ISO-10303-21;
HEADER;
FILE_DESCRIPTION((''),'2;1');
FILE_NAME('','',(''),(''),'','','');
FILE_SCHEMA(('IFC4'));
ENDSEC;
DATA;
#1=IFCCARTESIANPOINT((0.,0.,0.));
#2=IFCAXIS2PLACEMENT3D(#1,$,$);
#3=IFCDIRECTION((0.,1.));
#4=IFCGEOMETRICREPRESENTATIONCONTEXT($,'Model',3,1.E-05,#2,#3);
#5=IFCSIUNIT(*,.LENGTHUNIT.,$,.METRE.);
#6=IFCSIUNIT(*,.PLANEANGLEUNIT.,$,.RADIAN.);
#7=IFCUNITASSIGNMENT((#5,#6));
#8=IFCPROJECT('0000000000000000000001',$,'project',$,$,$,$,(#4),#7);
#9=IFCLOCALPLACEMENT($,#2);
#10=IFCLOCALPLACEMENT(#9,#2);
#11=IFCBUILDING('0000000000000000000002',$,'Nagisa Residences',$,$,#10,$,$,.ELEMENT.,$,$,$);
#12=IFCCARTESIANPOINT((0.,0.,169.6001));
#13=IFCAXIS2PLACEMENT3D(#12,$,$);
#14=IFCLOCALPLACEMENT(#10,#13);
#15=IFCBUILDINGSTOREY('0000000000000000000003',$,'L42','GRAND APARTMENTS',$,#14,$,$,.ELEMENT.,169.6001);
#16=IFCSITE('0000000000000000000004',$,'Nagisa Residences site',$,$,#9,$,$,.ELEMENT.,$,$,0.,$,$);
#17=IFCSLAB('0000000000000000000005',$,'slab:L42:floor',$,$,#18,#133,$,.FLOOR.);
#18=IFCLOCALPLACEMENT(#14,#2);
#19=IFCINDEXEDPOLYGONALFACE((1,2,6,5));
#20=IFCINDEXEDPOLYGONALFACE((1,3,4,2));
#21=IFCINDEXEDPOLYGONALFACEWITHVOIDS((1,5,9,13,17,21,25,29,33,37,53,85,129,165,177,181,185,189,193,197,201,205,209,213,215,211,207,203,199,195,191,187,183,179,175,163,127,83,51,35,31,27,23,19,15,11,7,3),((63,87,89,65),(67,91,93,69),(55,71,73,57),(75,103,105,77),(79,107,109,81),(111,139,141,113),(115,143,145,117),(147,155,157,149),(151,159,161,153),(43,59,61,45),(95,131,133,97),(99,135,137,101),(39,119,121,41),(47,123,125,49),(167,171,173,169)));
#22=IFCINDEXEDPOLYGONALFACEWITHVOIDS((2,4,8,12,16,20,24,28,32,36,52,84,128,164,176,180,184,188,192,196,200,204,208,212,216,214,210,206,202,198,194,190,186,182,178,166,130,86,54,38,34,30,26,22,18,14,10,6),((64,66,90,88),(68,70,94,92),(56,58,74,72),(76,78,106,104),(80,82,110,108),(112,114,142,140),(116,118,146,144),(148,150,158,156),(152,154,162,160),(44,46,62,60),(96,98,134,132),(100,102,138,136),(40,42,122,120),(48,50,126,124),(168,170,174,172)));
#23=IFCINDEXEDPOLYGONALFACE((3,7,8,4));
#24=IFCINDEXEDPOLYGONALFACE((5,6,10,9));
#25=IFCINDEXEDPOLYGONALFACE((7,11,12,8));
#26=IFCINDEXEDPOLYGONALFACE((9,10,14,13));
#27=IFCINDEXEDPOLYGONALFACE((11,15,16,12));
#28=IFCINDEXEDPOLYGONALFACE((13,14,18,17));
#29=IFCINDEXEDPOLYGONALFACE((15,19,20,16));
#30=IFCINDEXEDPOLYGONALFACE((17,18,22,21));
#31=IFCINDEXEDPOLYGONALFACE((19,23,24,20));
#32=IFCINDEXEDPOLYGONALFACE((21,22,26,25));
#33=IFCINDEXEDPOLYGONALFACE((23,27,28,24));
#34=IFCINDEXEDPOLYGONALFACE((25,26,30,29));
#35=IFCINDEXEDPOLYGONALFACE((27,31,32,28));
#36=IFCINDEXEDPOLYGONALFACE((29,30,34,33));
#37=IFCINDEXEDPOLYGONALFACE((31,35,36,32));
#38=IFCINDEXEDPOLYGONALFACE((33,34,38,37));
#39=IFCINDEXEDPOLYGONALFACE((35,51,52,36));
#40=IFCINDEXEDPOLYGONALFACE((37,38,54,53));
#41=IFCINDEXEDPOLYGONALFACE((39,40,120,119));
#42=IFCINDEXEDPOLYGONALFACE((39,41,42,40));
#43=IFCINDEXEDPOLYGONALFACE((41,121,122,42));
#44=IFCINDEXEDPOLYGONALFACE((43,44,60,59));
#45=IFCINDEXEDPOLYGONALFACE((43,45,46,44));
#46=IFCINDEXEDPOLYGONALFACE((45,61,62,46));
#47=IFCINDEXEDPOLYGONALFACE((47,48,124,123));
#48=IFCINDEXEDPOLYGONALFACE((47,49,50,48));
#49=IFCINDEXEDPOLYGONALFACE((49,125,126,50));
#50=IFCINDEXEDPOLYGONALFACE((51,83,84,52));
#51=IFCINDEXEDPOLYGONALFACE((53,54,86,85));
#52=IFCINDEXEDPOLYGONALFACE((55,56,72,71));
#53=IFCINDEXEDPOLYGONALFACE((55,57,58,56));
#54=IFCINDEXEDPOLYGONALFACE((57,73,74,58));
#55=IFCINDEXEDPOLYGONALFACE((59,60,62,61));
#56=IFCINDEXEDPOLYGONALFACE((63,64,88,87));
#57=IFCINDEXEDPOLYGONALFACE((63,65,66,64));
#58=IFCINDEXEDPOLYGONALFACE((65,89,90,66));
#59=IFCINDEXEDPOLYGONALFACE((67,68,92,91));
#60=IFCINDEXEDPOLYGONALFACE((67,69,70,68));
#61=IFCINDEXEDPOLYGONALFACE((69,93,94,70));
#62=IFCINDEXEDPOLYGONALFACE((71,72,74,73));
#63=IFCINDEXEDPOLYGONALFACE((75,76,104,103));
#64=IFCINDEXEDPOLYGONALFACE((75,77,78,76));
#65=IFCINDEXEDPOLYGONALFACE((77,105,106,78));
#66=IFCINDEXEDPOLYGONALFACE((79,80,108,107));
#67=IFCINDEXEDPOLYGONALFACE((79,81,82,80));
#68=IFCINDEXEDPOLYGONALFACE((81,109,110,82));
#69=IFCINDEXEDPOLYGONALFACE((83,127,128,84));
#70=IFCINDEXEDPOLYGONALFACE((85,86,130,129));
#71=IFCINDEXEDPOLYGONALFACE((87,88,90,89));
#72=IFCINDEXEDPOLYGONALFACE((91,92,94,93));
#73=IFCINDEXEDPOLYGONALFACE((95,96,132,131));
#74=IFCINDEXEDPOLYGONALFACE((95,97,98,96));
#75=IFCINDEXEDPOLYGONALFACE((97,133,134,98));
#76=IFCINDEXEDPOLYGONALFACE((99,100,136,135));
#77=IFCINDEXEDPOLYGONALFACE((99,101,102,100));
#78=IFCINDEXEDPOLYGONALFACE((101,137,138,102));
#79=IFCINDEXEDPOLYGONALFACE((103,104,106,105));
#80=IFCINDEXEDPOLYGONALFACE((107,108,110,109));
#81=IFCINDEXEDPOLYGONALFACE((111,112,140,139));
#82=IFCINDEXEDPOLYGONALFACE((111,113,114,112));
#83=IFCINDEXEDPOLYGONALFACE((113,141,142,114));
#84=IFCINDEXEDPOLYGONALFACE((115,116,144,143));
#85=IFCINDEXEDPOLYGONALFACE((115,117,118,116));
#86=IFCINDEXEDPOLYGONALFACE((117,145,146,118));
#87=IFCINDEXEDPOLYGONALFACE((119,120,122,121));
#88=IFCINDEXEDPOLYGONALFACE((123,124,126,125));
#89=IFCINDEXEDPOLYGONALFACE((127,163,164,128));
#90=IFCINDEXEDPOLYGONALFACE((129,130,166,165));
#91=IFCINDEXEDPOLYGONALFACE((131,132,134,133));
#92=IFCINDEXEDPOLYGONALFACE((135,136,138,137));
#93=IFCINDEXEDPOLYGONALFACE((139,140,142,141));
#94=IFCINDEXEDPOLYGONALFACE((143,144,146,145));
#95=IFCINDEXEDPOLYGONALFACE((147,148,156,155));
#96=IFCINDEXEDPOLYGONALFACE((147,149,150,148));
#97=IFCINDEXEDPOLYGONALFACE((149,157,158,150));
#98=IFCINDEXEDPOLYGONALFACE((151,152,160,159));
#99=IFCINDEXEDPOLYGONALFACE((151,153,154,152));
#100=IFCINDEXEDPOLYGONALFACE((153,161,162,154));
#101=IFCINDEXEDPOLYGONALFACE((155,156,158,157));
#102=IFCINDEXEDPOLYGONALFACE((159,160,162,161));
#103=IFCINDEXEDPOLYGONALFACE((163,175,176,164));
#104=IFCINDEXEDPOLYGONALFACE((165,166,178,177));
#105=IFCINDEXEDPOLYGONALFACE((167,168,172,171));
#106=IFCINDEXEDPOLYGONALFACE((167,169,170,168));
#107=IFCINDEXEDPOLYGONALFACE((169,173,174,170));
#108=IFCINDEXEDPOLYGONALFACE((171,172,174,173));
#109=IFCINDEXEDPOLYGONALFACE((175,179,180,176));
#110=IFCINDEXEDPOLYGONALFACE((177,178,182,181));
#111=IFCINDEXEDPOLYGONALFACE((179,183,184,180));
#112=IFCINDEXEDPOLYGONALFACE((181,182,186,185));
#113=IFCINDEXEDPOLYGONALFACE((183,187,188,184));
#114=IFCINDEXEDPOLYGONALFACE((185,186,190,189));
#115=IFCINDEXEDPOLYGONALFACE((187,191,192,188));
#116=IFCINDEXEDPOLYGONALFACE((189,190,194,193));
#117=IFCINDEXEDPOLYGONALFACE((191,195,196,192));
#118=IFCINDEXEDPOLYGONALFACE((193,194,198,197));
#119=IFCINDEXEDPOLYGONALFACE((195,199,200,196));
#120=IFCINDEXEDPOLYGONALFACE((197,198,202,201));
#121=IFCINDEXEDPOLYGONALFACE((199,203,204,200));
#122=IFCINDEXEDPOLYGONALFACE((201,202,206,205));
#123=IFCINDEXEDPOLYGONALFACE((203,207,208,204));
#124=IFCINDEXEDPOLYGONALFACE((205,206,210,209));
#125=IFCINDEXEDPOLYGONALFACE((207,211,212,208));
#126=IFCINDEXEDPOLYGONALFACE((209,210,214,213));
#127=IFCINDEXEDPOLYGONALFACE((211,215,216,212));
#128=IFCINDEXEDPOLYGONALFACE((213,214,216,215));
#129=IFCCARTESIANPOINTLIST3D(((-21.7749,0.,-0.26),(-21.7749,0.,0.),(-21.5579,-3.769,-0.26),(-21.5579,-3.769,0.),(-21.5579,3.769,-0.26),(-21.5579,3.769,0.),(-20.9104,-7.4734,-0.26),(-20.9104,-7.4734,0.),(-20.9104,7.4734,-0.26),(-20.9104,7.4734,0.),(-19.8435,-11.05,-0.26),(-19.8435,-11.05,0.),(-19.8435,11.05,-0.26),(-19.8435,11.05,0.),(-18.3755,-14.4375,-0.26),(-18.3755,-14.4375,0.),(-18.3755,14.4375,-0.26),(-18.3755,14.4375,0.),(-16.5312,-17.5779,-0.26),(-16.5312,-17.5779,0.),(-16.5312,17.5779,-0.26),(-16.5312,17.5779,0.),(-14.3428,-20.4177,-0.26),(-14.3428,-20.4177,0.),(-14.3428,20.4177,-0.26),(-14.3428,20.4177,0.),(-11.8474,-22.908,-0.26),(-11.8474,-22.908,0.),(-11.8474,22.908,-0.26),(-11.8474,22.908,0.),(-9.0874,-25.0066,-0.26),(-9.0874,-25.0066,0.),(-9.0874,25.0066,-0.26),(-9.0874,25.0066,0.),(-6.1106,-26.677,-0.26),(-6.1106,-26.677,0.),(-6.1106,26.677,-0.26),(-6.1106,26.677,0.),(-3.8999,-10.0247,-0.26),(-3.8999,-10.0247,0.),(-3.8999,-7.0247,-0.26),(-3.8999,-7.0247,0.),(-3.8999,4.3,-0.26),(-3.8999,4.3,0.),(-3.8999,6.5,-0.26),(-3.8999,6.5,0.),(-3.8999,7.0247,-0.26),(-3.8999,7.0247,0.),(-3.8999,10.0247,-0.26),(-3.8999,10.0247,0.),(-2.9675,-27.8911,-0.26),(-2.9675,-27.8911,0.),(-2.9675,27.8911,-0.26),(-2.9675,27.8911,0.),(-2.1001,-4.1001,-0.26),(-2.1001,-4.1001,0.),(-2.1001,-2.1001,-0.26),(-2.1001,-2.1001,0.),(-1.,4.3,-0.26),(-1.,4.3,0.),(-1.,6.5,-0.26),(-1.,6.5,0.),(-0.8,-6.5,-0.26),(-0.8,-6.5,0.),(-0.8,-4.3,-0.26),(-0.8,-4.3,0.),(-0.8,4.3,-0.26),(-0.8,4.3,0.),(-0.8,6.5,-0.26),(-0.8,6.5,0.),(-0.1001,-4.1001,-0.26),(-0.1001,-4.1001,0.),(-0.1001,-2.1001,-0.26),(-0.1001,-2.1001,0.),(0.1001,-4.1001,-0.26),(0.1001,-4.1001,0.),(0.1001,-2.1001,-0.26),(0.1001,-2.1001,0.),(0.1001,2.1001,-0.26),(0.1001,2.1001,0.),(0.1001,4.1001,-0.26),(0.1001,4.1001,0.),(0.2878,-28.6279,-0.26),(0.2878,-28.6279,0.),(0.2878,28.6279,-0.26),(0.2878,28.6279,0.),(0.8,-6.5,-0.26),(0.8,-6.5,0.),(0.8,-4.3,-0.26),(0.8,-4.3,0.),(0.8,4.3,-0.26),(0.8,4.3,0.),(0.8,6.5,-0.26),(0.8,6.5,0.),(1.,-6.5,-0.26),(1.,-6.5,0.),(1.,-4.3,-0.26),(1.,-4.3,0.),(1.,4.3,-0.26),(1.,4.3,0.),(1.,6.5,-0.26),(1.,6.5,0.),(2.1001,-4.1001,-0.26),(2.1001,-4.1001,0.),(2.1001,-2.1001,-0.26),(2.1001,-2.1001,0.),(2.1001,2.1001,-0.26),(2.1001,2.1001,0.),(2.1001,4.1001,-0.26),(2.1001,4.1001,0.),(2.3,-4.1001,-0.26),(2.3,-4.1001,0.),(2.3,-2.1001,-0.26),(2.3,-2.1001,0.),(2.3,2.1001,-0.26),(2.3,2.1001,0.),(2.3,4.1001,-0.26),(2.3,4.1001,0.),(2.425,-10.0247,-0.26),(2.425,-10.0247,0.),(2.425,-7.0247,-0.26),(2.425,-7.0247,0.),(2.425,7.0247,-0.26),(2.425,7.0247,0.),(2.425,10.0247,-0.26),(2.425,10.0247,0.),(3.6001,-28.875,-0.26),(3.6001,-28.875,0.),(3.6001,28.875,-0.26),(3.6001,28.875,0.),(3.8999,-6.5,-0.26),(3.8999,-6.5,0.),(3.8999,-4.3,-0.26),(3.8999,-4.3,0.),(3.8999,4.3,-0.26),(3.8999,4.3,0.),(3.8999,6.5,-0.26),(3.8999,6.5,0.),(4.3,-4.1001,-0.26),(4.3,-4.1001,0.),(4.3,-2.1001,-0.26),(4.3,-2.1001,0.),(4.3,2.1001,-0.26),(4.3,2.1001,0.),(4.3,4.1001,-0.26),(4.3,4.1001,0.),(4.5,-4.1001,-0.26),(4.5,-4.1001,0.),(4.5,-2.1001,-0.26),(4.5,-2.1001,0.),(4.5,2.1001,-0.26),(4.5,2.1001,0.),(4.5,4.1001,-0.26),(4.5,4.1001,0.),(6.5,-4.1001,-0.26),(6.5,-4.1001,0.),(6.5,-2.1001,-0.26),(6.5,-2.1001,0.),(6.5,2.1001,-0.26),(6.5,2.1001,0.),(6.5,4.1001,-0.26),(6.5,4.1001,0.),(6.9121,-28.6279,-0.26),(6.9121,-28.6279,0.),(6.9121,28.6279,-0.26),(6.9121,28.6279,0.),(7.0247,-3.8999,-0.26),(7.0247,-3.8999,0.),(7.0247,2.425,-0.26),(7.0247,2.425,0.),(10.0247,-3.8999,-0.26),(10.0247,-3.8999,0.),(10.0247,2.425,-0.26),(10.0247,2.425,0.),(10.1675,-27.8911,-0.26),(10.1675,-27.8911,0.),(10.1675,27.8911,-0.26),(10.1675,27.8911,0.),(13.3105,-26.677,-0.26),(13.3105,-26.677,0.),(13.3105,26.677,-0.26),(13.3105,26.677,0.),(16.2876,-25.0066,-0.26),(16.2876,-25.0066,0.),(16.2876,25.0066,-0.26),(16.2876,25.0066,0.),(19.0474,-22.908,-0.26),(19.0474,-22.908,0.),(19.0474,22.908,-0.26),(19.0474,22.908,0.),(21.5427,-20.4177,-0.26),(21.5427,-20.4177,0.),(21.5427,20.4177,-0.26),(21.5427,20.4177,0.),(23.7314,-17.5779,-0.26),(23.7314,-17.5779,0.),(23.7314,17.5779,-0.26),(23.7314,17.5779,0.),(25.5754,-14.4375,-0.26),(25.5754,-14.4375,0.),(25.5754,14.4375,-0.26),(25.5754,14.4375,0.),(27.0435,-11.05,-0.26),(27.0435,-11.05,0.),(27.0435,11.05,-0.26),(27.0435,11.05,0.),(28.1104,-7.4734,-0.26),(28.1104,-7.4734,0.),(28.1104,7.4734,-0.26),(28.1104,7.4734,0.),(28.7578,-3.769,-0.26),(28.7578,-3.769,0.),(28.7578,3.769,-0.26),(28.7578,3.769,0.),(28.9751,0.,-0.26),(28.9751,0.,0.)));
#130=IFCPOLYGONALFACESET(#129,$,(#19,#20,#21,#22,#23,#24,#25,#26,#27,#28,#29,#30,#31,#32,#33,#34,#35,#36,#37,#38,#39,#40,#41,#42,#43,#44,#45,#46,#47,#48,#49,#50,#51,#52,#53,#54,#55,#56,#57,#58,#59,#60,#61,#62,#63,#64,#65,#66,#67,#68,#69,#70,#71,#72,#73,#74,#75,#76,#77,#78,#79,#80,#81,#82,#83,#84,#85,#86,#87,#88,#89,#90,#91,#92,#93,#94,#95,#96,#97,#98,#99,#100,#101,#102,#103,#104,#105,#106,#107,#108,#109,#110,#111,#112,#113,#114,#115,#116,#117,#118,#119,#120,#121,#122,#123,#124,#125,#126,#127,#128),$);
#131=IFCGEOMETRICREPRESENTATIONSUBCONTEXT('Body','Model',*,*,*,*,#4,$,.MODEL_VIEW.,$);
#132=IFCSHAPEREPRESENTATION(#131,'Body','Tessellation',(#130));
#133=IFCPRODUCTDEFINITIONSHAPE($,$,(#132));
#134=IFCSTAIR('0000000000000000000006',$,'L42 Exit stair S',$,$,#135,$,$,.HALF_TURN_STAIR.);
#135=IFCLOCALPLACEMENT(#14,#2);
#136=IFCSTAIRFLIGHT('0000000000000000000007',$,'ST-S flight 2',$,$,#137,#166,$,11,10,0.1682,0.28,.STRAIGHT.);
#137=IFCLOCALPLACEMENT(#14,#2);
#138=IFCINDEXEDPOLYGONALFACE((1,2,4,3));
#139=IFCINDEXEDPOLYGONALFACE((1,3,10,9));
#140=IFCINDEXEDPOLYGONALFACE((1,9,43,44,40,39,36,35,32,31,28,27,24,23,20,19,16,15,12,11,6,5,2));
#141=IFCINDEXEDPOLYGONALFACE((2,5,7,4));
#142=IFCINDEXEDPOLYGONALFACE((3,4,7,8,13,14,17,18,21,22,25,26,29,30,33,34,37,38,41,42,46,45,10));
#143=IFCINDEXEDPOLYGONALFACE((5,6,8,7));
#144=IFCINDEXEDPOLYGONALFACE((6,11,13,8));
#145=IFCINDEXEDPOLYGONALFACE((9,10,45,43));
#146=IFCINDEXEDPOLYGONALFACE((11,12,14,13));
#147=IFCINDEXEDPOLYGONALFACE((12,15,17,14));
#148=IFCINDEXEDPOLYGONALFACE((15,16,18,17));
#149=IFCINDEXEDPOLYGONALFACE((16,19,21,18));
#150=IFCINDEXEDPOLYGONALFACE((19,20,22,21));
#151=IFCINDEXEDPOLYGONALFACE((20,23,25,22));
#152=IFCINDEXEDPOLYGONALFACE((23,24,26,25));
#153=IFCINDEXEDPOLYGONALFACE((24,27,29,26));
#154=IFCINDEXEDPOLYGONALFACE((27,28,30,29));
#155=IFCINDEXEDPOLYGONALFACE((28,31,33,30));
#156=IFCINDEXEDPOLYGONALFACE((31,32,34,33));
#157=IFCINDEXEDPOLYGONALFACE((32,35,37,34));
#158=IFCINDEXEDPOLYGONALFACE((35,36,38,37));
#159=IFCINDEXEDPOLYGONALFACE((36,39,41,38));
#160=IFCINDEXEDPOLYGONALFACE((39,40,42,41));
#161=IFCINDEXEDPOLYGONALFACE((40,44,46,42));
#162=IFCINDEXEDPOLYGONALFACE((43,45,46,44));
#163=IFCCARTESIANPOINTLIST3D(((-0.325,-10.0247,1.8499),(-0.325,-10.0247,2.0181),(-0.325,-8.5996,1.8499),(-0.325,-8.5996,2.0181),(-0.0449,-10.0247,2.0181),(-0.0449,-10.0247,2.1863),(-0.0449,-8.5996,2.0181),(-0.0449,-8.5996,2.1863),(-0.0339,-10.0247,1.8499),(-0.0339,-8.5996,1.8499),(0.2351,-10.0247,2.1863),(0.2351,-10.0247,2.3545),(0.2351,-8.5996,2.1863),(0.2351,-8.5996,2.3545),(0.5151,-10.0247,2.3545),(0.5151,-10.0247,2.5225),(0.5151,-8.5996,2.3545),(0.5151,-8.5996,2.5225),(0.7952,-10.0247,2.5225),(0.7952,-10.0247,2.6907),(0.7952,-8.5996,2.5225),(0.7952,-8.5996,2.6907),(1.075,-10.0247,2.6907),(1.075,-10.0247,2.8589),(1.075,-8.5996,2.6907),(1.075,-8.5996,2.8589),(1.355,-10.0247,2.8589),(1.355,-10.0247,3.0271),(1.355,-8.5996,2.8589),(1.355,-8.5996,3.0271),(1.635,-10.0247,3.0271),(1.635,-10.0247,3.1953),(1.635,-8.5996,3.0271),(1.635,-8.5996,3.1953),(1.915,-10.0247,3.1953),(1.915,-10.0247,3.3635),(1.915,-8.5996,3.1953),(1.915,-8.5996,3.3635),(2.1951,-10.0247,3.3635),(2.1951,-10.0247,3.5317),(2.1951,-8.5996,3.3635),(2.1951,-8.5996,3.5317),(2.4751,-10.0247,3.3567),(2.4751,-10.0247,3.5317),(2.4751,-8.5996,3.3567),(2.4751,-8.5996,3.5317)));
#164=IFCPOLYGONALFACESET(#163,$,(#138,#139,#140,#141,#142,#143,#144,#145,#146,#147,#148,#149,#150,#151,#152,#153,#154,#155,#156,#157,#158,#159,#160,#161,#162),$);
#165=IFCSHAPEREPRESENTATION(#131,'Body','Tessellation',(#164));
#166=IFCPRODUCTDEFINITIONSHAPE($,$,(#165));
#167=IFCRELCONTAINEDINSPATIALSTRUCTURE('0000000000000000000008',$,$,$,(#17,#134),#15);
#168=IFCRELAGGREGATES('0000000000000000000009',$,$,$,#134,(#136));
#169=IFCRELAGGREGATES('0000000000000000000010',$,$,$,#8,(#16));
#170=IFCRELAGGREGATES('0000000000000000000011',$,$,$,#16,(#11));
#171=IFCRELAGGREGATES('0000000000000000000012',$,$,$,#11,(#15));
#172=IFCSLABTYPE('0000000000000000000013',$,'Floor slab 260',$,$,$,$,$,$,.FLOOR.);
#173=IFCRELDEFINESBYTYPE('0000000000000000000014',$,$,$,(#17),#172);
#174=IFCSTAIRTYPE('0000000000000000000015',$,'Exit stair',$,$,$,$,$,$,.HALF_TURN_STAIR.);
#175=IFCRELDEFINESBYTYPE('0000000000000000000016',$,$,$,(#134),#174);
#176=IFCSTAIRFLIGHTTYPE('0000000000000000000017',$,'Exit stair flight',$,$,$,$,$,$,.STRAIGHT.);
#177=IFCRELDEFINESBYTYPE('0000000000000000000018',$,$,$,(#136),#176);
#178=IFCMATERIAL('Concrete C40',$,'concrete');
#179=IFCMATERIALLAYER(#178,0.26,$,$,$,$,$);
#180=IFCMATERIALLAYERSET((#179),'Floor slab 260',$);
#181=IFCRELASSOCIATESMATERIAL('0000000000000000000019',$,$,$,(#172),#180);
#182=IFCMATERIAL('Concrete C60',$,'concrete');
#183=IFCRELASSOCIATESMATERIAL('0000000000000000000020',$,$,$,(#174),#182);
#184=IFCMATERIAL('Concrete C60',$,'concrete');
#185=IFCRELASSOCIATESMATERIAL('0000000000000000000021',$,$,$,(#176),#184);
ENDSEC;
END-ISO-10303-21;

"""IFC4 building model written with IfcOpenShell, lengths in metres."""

from ifc_helpers import new_model, si_unit, direction, frame, origin, place, context, subcontext, project, spatial, polyline, outline, extrude, material, layer, layer_set, type_object, element, aggregate, save


model = new_model("IFC4")

# Units and contexts
model_context = context("Model", 3, precision=1e-05, world=origin(), true_north=direction((0.0, 1.0)))
body_context = subcontext(model_context, "Body", "Model", "MODEL_VIEW")
ifc_project = project(units=[si_unit("LENGTHUNIT", "METRE"), si_unit("PLANEANGLEUNIT", "RADIAN")], contexts=[model_context])

# Site, building, storey
site_placement = place(None, origin())
site = spatial("IfcSite", under=ifc_project, at=site_placement, Name="Nagisa Residences site", CompositionType="ELEMENT", RefElevation=0.0)
building_placement = place(site_placement, origin())
building = spatial("IfcBuilding", under=site, at=building_placement, Name="Nagisa Residences", CompositionType="ELEMENT")
storey_placement = place(building_placement, frame((0.0, 0.0, 169.6001)))
storey = spatial("IfcBuildingStorey", under=building, at=storey_placement, Name="L42", Description="GRAND APARTMENTS", CompositionType="ELEMENT", Elevation=169.6001)

# Slab
ifc_material_1 = material(Name="Concrete C40", Category="concrete")
ifc_layer_1 = layer(ifc_material_1, 0.26)
ifc_layer_set_1 = layer_set([ifc_layer_1], Name="Floor slab 260")
slab_type_1 = type_object("IfcSlabType", Name="Floor slab 260", PredefinedType="FLOOR", material=ifc_layer_set_1)
slab_1_placement = place(storey_placement, frame((0.0, 0.0, -0.26)))
element("IfcSlab", 1, at=slab_1_placement, inside=storey, type_object=slab_type_1, Name="slab:L42:floor", PredefinedType="FLOOR", context=body_context, shape_type="SweptSolid", body=[
    extrude(outline(polyline([(28.9751, 0.0), (28.7578, 3.769), (28.1104, 7.4734), (27.0435, 11.05), (25.5754, 14.4375), (23.7314, 17.5779), (21.5427, 20.4177), (19.0474, 22.908), (16.2876, 25.0066), (13.3105, 26.677), (10.1675, 27.8911), (6.9121, 28.6279), (3.6001, 28.875), (0.2878, 28.6279), (-2.9675, 27.8911), (-6.1106, 26.677), (-9.0874, 25.0066), (-11.8474, 22.908), (-14.3428, 20.4177), (-16.5312, 17.5779), (-18.3755, 14.4375), (-19.8435, 11.05), (-20.9104, 7.4734), (-21.5579, 3.769), (-21.7749, 0.0), (-21.5579, -3.769), (-20.9104, -7.4734), (-19.8435, -11.05), (-18.3755, -14.4375), (-16.5312, -17.5779), (-14.3428, -20.4177), (-11.8474, -22.908), (-9.0874, -25.0066), (-6.1106, -26.677), (-2.9675, -27.8911), (0.2878, -28.6279), (3.6001, -28.875), (6.9121, -28.6279), (10.1675, -27.8911), (13.3105, -26.677), (16.2876, -25.0066), (19.0474, -22.908), (21.5427, -20.4177), (23.7314, -17.5779), (25.5754, -14.4375), (27.0435, -11.05), (28.1104, -7.4734), (28.7578, -3.769), (28.9751, 0.0)]), holes=[polyline([(2.1001, 2.1001), (2.1001, 4.1001), (0.1001, 4.1001), (0.1001, 2.1001), (2.1001, 2.1001)]), polyline([(4.3, 2.1001), (4.3, 4.1001), (2.3, 4.1001), (2.3, 2.1001), (4.3, 2.1001)]), polyline([(6.5, 2.1001), (6.5, 4.1001), (4.5, 4.1001), (4.5, 2.1001), (6.5, 2.1001)]), polyline([(-0.1001, -4.1001), (-0.1001, -2.1001), (-2.1001, -2.1001), (-2.1001, -4.1001), (-0.1001, -4.1001)]), polyline([(2.1001, -4.1001), (2.1001, -2.1001), (0.1001, -2.1001), (0.1001, -4.1001), (2.1001, -4.1001)]), polyline([(4.3, -4.1001), (4.3, -2.1001), (2.3, -2.1001), (2.3, -4.1001), (4.3, -4.1001)]), polyline([(6.5, -4.1001), (6.5, -2.1001), (4.5, -2.1001), (4.5, -4.1001), (6.5, -4.1001)]), polyline([(3.8999, 4.3), (3.8999, 6.5), (1.0, 6.5), (1.0, 4.3), (3.8999, 4.3)]), polyline([(3.8999, -6.5), (3.8999, -4.3), (1.0, -4.3), (1.0, -6.5), (3.8999, -6.5)]), polyline([(-1.0, 4.3), (-1.0, 6.5), (-3.8999, 6.5), (-3.8999, 4.3), (-1.0, 4.3)]), polyline([(0.8, 4.3), (0.8, 6.5), (-0.8, 6.5), (-0.8, 4.3), (0.8, 4.3)]), polyline([(0.8, -6.5), (0.8, -4.3), (-0.8, -4.3), (-0.8, -6.5), (0.8, -6.5)]), polyline([(10.0247, -3.8999), (7.0247, -3.8999), (7.0247, 2.425), (10.0247, 2.425), (10.0247, -3.8999)]), polyline([(-3.8999, 7.0247), (-3.8999, 10.0247), (2.425, 10.0247), (2.425, 7.0247), (-3.8999, 7.0247)]), polyline([(-3.8999, -10.0247), (-3.8999, -7.0247), (2.425, -7.0247), (2.425, -10.0247), (-3.8999, -10.0247)])]), origin(), (0.0, 0.0, 1.0), 0.26),
])

# Stair, stair flight
ifc_material_2 = material(Name="Concrete C60", Category="concrete")
stair_type = type_object("IfcStairType", Name="Exit stair", PredefinedType="HALF_TURN_STAIR", material=ifc_material_2)
stair_placement = place(storey_placement, origin())
stair = element("IfcStair", 2, at=stair_placement, inside=storey, type_object=stair_type, Name="L42 Exit stair S", PredefinedType="HALF_TURN_STAIR")
ifc_material_3 = material(Name="Concrete C60", Category="concrete")
stair_flight_type = type_object("IfcStairFlightType", Name="Exit stair flight", PredefinedType="STRAIGHT", material=ifc_material_3)
stair_flight_placement = place(storey_placement, frame((-0.325, -9.312, 1.8499), z_axis=(0.0, 0.0, 1.0), x_axis=(1.0, 0.0, 0.0)))
stair_flight = element("IfcStairFlight", 3, at=stair_flight_placement, type_object=stair_flight_type, Name="ST-S flight 2", NumberOfRisers=11, NumberOfTreads=10, PredefinedType="STRAIGHT", RiserHeight=0.1682, TreadLength=0.28, context=body_context, shape_type="SweptSolid", body=[
    extrude(outline(polyline([(0.0, 0.0), (0.0, 0.1682), (0.28, 0.1682), (0.28, 0.3364), (0.5601, 0.3364), (0.5601, 0.5046), (0.8401, 0.5046), (0.8401, 0.6726), (1.1201, 0.6726), (1.1201, 0.8408), (1.3999, 0.8408), (1.3999, 1.009), (1.6799, 1.009), (1.6799, 1.1772), (1.96, 1.1772), (1.96, 1.3455), (2.24, 1.3455), (2.24, 1.5137), (2.52, 1.5137), (2.52, 1.6819), (2.8, 1.6819), (2.8, 1.8501), (2.8, 1.5068), (0.291, 0.0), (0.0, 0.0)])), frame((0.0, 0.7124, 0.0), z_axis=(0.0, -1.0, 0.0), x_axis=(1.0, 0.0, 0.0)), (0.0, 0.0, 1.0), 1.425),
])
aggregate(stair, [stair_flight])

save(model, "model.ifc")
